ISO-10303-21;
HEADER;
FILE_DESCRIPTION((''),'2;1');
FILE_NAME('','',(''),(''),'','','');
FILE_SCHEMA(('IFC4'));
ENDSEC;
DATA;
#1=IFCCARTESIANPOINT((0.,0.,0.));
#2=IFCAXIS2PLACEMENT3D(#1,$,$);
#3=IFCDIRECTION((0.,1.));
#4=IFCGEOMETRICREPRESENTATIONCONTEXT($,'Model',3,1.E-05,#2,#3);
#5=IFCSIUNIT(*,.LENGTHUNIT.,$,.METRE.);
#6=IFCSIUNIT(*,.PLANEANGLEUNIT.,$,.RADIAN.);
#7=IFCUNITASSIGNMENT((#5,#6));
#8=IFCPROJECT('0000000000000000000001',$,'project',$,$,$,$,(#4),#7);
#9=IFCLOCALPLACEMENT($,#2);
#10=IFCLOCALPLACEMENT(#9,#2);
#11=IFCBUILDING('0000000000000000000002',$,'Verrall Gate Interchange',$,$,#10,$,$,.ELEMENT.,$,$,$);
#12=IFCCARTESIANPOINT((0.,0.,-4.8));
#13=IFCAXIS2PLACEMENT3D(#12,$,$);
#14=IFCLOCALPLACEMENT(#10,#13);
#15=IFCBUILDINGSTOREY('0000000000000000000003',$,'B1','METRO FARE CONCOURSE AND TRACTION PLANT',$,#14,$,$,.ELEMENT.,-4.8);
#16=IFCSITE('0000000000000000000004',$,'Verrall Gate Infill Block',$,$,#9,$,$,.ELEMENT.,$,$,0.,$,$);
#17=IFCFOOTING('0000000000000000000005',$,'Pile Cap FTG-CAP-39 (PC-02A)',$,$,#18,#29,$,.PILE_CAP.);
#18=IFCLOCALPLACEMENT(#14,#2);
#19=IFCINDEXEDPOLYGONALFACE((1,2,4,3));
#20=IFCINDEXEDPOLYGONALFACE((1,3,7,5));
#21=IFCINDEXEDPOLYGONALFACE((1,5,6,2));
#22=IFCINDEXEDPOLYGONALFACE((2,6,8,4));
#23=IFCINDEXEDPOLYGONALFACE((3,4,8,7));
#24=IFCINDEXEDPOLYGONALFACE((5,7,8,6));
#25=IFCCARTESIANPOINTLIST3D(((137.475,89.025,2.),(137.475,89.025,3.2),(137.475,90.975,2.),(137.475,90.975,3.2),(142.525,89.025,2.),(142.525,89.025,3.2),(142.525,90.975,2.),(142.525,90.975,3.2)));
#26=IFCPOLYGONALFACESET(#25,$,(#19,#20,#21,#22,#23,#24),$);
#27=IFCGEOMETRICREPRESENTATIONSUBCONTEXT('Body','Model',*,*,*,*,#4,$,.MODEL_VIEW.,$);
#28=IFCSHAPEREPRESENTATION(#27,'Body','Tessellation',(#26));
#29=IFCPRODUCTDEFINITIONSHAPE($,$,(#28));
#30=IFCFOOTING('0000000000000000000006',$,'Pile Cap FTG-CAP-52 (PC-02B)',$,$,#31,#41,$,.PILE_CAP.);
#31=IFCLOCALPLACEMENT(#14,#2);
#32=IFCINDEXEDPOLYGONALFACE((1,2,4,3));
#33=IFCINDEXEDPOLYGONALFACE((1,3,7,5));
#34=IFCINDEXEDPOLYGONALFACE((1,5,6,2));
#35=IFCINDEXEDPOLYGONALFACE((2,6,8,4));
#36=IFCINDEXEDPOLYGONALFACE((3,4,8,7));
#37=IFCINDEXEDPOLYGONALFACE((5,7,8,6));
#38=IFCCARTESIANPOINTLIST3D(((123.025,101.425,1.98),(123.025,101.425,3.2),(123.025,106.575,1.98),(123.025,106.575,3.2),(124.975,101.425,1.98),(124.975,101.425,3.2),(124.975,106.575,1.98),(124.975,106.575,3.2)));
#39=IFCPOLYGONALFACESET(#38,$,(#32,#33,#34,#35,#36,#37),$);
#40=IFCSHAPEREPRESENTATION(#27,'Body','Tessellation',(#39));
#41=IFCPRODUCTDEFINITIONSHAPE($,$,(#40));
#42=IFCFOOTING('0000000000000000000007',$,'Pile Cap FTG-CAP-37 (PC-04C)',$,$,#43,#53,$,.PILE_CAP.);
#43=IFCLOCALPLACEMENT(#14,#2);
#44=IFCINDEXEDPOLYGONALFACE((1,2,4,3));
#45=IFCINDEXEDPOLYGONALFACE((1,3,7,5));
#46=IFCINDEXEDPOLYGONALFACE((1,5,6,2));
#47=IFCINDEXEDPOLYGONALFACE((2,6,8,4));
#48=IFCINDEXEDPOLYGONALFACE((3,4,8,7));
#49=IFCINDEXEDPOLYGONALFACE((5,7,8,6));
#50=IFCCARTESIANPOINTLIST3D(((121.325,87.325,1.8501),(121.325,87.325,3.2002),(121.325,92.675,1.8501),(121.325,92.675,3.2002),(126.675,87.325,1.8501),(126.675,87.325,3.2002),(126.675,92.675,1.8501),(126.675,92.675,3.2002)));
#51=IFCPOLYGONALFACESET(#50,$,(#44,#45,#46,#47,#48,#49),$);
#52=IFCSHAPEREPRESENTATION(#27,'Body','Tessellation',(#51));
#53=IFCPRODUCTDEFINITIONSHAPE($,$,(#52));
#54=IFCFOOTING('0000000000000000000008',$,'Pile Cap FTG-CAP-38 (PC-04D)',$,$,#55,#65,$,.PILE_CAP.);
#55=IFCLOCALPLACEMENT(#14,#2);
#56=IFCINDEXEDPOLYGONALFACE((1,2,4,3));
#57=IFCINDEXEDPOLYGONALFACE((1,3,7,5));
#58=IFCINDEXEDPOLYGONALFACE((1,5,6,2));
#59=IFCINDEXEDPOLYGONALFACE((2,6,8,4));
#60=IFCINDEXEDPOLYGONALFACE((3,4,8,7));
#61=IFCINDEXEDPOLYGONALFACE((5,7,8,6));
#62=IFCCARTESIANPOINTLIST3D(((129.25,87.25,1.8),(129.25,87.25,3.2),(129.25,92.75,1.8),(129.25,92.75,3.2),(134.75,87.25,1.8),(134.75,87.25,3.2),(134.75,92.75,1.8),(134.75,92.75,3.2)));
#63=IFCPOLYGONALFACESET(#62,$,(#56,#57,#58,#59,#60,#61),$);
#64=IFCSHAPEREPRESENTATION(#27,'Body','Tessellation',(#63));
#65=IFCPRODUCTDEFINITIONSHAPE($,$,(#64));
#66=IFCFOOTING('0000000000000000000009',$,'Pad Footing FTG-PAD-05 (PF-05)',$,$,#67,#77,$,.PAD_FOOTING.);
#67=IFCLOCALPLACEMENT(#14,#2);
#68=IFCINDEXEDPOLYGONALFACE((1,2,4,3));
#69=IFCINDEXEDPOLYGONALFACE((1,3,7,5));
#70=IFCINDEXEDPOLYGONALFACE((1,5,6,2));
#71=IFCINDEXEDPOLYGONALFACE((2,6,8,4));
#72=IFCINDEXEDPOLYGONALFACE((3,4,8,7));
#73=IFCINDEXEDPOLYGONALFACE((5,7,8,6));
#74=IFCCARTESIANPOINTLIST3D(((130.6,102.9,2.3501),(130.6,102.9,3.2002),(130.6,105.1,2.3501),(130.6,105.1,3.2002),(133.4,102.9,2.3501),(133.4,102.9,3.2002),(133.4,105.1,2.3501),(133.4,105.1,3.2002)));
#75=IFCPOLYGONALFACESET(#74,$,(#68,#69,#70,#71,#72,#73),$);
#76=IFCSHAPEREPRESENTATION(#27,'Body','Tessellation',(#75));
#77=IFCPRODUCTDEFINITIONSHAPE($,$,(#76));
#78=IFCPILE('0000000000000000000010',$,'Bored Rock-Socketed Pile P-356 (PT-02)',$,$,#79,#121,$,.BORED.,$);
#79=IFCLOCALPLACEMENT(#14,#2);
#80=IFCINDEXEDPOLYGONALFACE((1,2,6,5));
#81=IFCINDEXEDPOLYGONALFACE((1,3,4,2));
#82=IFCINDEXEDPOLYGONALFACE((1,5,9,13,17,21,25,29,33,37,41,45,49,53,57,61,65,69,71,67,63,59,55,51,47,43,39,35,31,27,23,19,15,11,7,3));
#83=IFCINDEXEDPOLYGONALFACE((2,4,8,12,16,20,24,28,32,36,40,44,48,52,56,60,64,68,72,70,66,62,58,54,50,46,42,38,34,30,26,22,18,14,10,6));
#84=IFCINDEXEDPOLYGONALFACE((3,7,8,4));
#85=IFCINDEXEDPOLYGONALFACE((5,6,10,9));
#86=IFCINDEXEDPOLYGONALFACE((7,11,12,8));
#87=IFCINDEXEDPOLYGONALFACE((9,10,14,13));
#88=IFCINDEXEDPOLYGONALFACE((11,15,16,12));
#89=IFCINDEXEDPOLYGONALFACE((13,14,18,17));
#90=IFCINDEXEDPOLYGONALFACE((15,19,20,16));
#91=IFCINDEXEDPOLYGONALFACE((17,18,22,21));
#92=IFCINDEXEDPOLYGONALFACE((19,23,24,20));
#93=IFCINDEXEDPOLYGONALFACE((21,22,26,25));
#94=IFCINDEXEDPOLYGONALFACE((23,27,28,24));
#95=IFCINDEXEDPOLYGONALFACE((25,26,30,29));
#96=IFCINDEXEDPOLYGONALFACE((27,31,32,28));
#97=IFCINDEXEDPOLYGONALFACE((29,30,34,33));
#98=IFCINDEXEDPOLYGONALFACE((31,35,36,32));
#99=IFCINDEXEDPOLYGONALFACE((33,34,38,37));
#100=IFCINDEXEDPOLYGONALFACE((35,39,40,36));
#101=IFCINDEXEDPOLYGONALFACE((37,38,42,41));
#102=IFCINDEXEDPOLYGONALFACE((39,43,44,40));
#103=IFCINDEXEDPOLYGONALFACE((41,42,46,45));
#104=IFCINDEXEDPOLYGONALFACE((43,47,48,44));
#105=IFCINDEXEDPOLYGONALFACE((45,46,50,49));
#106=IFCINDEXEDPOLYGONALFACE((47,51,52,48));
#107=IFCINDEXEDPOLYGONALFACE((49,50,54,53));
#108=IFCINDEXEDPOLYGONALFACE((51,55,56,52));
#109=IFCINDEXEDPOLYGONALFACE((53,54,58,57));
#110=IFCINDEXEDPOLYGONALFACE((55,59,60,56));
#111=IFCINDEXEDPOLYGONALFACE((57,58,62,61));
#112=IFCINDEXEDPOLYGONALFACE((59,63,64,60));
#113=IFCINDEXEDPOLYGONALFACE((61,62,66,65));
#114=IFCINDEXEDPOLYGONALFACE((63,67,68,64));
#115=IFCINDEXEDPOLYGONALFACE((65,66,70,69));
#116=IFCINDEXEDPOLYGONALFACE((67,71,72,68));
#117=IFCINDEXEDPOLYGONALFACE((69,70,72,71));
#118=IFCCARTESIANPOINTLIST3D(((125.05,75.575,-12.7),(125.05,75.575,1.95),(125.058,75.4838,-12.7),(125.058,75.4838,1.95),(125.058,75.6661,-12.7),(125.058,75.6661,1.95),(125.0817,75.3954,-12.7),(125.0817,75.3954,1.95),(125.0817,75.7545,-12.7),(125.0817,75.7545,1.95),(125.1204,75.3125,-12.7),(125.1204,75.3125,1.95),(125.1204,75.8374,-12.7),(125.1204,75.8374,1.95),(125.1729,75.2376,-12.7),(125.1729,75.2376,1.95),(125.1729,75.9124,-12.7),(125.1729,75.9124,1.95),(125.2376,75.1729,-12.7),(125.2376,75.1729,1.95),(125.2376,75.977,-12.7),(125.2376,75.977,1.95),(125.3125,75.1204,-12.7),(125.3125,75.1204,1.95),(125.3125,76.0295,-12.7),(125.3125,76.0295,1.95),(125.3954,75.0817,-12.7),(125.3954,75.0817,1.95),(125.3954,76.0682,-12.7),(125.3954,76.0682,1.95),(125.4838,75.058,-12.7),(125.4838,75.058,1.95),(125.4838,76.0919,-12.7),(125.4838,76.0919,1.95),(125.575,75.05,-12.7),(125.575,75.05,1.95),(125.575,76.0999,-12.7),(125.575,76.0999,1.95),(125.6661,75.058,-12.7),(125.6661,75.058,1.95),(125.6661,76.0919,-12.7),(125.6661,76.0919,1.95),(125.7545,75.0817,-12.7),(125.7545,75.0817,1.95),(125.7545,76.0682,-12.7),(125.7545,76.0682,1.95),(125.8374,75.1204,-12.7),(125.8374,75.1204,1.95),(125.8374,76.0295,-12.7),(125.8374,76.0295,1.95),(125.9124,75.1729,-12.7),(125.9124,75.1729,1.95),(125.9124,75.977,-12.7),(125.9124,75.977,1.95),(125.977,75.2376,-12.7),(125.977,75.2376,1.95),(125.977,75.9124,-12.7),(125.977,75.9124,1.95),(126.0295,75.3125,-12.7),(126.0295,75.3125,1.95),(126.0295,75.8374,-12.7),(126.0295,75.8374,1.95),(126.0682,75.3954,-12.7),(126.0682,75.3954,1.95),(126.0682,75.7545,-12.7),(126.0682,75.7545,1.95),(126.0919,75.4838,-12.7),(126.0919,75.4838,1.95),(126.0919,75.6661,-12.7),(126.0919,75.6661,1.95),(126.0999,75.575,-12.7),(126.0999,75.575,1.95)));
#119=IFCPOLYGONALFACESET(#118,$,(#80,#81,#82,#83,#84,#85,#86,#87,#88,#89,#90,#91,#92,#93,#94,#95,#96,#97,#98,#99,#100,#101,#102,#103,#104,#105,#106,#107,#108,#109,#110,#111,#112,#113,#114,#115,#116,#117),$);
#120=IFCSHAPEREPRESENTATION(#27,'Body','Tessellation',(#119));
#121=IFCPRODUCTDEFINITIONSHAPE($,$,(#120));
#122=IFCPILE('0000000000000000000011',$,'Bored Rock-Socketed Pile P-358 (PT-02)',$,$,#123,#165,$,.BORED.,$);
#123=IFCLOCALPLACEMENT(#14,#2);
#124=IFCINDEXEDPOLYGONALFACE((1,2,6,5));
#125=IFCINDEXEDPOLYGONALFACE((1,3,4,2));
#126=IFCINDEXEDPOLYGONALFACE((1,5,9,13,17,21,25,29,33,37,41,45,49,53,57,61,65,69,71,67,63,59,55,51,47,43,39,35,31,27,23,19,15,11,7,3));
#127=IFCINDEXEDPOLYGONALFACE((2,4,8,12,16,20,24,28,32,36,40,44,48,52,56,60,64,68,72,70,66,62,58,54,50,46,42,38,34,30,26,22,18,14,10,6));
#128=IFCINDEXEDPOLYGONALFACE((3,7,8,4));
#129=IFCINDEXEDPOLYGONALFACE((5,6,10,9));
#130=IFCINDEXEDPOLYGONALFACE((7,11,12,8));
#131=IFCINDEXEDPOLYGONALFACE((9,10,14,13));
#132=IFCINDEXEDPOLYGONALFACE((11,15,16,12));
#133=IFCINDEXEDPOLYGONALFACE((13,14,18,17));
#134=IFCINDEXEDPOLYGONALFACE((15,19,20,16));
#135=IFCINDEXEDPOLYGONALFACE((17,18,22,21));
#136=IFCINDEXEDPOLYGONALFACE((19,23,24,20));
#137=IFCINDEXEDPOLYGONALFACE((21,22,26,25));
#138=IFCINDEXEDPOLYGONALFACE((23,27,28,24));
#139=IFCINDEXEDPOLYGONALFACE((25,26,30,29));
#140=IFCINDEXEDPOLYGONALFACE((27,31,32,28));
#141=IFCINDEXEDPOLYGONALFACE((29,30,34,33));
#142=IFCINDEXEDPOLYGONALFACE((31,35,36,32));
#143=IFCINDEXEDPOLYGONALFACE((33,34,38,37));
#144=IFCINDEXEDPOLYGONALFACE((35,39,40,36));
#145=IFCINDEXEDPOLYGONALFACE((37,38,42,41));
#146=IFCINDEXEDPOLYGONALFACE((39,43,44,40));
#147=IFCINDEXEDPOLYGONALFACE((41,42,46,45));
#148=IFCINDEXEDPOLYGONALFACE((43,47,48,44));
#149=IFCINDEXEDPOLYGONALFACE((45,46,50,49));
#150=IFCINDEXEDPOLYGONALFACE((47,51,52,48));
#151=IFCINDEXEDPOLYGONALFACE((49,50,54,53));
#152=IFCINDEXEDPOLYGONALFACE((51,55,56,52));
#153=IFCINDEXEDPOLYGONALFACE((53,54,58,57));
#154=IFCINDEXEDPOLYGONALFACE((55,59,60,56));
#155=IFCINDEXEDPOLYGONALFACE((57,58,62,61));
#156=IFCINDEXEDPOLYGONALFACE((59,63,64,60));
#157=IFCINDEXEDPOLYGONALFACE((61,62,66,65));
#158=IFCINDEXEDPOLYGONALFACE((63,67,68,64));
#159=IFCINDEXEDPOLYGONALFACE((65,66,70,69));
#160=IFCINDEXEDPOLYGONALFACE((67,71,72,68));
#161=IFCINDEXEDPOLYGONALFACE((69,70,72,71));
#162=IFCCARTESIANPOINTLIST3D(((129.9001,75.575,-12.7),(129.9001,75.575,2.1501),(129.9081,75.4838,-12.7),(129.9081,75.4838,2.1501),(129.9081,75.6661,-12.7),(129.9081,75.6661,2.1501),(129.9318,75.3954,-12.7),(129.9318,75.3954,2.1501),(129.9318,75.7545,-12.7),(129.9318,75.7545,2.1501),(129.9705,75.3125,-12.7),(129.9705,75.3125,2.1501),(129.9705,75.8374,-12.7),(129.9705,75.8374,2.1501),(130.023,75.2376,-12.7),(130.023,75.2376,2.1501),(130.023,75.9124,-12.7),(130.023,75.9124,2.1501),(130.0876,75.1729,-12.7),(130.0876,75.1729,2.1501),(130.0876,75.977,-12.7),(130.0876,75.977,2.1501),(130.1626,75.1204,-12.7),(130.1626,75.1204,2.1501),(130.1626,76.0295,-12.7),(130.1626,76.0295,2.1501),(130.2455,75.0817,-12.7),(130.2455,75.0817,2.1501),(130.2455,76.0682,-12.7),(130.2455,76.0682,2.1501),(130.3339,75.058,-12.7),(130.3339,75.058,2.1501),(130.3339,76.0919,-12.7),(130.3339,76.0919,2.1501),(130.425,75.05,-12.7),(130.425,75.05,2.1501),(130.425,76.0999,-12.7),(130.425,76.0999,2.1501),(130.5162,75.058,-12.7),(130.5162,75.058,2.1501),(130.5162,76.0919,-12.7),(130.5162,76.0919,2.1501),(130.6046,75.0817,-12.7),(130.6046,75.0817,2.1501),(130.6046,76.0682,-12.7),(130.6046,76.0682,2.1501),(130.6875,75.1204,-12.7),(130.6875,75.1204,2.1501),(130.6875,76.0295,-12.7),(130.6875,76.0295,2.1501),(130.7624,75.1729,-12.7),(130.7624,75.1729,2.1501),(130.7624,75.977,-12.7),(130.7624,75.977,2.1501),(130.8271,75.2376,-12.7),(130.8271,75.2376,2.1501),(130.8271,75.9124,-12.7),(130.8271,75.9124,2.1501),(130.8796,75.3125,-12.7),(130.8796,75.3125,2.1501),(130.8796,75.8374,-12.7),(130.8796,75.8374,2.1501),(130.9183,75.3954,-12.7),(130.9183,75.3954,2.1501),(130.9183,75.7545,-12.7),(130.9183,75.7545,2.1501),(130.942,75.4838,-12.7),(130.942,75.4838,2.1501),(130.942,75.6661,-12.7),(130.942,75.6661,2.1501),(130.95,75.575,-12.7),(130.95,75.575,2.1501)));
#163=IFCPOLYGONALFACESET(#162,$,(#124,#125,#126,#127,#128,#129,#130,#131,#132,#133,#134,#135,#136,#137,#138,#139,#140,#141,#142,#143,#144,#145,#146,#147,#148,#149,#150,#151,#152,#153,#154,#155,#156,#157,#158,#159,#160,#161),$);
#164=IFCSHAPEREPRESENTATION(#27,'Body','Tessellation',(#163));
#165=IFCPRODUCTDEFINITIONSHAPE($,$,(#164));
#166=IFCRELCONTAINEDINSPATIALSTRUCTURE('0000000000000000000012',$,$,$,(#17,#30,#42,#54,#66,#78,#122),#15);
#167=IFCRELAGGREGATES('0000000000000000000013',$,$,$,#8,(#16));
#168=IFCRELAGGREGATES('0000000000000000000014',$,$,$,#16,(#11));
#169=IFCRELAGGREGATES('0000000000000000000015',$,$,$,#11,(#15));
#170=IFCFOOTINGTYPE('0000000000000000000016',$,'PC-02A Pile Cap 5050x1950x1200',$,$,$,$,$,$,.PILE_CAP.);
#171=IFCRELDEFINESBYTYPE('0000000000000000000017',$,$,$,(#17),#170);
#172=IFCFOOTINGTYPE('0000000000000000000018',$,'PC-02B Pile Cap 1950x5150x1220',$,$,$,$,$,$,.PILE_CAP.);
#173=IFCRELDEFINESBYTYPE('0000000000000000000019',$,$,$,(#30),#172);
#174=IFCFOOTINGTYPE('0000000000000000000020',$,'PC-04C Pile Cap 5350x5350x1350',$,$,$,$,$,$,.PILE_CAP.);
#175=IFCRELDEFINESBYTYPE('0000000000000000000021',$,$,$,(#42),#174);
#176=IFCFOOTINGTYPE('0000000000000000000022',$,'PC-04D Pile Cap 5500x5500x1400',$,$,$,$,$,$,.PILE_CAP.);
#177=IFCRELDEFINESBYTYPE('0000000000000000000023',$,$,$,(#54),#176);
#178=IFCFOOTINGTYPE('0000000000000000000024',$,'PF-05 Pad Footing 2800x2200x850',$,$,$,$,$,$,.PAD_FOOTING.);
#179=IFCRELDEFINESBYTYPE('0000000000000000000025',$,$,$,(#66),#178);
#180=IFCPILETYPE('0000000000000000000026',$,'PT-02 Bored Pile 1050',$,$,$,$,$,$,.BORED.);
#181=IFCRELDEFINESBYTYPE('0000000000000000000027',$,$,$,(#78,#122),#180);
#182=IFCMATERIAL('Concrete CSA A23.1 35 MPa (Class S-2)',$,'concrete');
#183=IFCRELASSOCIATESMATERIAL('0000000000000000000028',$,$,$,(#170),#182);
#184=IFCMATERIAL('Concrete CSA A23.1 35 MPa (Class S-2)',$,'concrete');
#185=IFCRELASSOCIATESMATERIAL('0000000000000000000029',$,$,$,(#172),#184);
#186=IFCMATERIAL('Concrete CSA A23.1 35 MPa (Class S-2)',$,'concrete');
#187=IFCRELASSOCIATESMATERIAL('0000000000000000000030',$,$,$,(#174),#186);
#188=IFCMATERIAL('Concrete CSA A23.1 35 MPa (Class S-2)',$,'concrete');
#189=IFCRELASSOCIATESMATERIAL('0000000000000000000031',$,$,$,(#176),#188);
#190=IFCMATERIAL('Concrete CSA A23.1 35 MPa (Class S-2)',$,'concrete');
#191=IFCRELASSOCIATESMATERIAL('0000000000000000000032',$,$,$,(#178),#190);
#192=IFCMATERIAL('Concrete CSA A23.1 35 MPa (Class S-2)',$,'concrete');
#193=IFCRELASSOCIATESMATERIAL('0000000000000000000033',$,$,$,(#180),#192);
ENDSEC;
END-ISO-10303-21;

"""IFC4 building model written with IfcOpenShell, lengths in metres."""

from ifc_helpers import new_model, si_unit, direction, frame, origin, origin_2d, place, context, subcontext, project, spatial, rectangle, circle, extrude, material, material_profile, profile_set, type_object, element, save


model = new_model("IFC4")

# Units and contexts
model_context = context("Model", 3, precision=1e-05, world=origin(), true_north=direction((0.0, 1.0)))
body_context = subcontext(model_context, "Body", "Model", "MODEL_VIEW")
ifc_project = project(units=[si_unit("LENGTHUNIT", "METRE"), si_unit("PLANEANGLEUNIT", "RADIAN")], contexts=[model_context])

# Site, building, storey
site_placement = place(None, origin())
site = spatial("IfcSite", under=ifc_project, at=site_placement, Name="Verrall Gate Infill Block", CompositionType="ELEMENT", RefElevation=0.0)
building_placement = place(site_placement, origin())
building = spatial("IfcBuilding", under=site, at=building_placement, Name="Verrall Gate Interchange", CompositionType="ELEMENT")
storey_placement = place(building_placement, frame((0.0, 0.0, -4.8)))
storey = spatial("IfcBuildingStorey", under=building, at=storey_placement, Name="B1", Description="METRO FARE CONCOURSE AND TRACTION PLANT", CompositionType="ELEMENT", Elevation=-4.8)

# Footings
ifc_material_1 = material(Name="Concrete CSA A23.1 35 MPa (Class S-2)", Category="concrete")
footing_type_1 = type_object("IfcFootingType", Name="PC-02A Pile Cap 5050x1950x1200", PredefinedType="PILE_CAP", material=ifc_material_1)
footing_1_placement = place(storey_placement, frame((140.0, 90.0, 2.0), z_axis=(0.0, 0.0, 1.0), x_axis=(1.0, 0.0, 0.0)))
element("IfcFooting", 1, at=footing_1_placement, inside=storey, type_object=footing_type_1, Name="Pile Cap FTG-CAP-39 (PC-02A)", PredefinedType="PILE_CAP", context=body_context, shape_type="SweptSolid", body=[
    extrude(rectangle(XDim=5.05, YDim=1.95, at=origin_2d()), origin(), (0.0, 0.0, 1.0), 1.2),
])
ifc_material_2 = material(Name="Concrete CSA A23.1 35 MPa (Class S-2)", Category="concrete")
footing_type_2 = type_object("IfcFootingType", Name="PC-02B Pile Cap 1950x5150x1220", PredefinedType="PILE_CAP", material=ifc_material_2)
footing_2_placement = place(storey_placement, frame((124.0, 104.0, 1.98), z_axis=(0.0, 0.0, 1.0), x_axis=(1.0, 0.0, 0.0)))
element("IfcFooting", 2, at=footing_2_placement, inside=storey, type_object=footing_type_2, Name="Pile Cap FTG-CAP-52 (PC-02B)", PredefinedType="PILE_CAP", context=body_context, shape_type="SweptSolid", body=[
    extrude(rectangle(XDim=1.95, YDim=5.1499, at=origin_2d()), origin(), (0.0, 0.0, 1.0), 1.22),
])
ifc_material_3 = material(Name="Concrete CSA A23.1 35 MPa (Class S-2)", Category="concrete")
footing_type_3 = type_object("IfcFootingType", Name="PC-04C Pile Cap 5350x5350x1350", PredefinedType="PILE_CAP", material=ifc_material_3)
footing_3_placement = place(storey_placement, frame((124.0, 90.0, 1.8501), z_axis=(0.0, 0.0, 1.0), x_axis=(1.0, 0.0, 0.0)))
element("IfcFooting", 3, at=footing_3_placement, inside=storey, type_object=footing_type_3, Name="Pile Cap FTG-CAP-37 (PC-04C)", PredefinedType="PILE_CAP", context=body_context, shape_type="SweptSolid", body=[
    extrude(rectangle(XDim=5.3501, YDim=5.3501, at=origin_2d()), origin(), (0.0, 0.0, 1.0), 1.3501),
])
ifc_material_4 = material(Name="Concrete CSA A23.1 35 MPa (Class S-2)", Category="concrete")
footing_type_4 = type_object("IfcFootingType", Name="PC-04D Pile Cap 5500x5500x1400", PredefinedType="PILE_CAP", material=ifc_material_4)
footing_4_placement = place(storey_placement, frame((132.0, 90.0, 1.8), z_axis=(0.0, 0.0, 1.0), x_axis=(1.0, 0.0, 0.0)))
element("IfcFooting", 4, at=footing_4_placement, inside=storey, type_object=footing_type_4, Name="Pile Cap FTG-CAP-38 (PC-04D)", PredefinedType="PILE_CAP", context=body_context, shape_type="SweptSolid", body=[
    extrude(rectangle(XDim=5.5, YDim=5.5, at=origin_2d()), origin(), (0.0, 0.0, 1.0), 1.3999),
])
ifc_material_5 = material(Name="Concrete CSA A23.1 35 MPa (Class S-2)", Category="concrete")
footing_type_5 = type_object("IfcFootingType", Name="PF-05 Pad Footing 2800x2200x850", PredefinedType="PAD_FOOTING", material=ifc_material_5)
footing_5_placement = place(storey_placement, frame((132.0, 104.0, 2.3501), z_axis=(0.0, 0.0, 1.0), x_axis=(1.0, 0.0, 0.0)))
element("IfcFooting", 5, at=footing_5_placement, inside=storey, type_object=footing_type_5, Name="Pad Footing FTG-PAD-05 (PF-05)", PredefinedType="PAD_FOOTING", context=body_context, shape_type="SweptSolid", body=[
    extrude(rectangle(XDim=2.8, YDim=2.2, at=origin_2d()), origin(), (0.0, 0.0, 1.0), 0.8501),
])

# Piles
ifc_material_6 = material(Name="Concrete CSA A23.1 35 MPa (Class S-2)", Category="concrete")
ifc_material_profile_1 = material_profile(ifc_material_6, circle(Radius=0.5249, at=origin_2d()), Name="PILE1050D")
ifc_profile_set_1 = profile_set([ifc_material_profile_1], Name="Concrete CSA A23.1 35 MPa (Class S-2)")
pile_type = type_object("IfcPileType", Name="PT-02 Bored Pile 1050", PredefinedType="BORED", material=ifc_profile_set_1)
pile_1_placement = place(storey_placement, frame((125.575, 75.575, 1.95), z_axis=(0.0, 0.0, -1.0), x_axis=(1.0, 0.0, 0.0)))
element("IfcPile", 6, at=pile_1_placement, inside=storey, type_object=pile_type, Name="Bored Rock-Socketed Pile P-356 (PT-02)", PredefinedType="BORED", context=body_context, shape_type="SweptSolid", body=[
    extrude(circle(Radius=0.5249, at=origin_2d()), origin(), (0.0, 0.0, 1.0), 14.6499),
])
for number, where, z_axis, x_axis, name in (
    (7, (130.425, 75.575, 2.1501), (0.0, 0.0, -1.0), (1.0, 0.0, 0.0), "Bored Rock-Socketed Pile P-358 (PT-02)"),
):
    element("IfcPile", number, at=place(storey_placement, frame(where, z_axis=z_axis, x_axis=x_axis)), inside=storey, type_object=pile_type, Name=name, PredefinedType="BORED", context=body_context, shape_type="SweptSolid", body=[
        extrude(circle(Radius=0.5249, at=origin_2d()), origin(), (0.0, 0.0, 1.0), 14.8501),
    ])

save(model, "model.ifc")
